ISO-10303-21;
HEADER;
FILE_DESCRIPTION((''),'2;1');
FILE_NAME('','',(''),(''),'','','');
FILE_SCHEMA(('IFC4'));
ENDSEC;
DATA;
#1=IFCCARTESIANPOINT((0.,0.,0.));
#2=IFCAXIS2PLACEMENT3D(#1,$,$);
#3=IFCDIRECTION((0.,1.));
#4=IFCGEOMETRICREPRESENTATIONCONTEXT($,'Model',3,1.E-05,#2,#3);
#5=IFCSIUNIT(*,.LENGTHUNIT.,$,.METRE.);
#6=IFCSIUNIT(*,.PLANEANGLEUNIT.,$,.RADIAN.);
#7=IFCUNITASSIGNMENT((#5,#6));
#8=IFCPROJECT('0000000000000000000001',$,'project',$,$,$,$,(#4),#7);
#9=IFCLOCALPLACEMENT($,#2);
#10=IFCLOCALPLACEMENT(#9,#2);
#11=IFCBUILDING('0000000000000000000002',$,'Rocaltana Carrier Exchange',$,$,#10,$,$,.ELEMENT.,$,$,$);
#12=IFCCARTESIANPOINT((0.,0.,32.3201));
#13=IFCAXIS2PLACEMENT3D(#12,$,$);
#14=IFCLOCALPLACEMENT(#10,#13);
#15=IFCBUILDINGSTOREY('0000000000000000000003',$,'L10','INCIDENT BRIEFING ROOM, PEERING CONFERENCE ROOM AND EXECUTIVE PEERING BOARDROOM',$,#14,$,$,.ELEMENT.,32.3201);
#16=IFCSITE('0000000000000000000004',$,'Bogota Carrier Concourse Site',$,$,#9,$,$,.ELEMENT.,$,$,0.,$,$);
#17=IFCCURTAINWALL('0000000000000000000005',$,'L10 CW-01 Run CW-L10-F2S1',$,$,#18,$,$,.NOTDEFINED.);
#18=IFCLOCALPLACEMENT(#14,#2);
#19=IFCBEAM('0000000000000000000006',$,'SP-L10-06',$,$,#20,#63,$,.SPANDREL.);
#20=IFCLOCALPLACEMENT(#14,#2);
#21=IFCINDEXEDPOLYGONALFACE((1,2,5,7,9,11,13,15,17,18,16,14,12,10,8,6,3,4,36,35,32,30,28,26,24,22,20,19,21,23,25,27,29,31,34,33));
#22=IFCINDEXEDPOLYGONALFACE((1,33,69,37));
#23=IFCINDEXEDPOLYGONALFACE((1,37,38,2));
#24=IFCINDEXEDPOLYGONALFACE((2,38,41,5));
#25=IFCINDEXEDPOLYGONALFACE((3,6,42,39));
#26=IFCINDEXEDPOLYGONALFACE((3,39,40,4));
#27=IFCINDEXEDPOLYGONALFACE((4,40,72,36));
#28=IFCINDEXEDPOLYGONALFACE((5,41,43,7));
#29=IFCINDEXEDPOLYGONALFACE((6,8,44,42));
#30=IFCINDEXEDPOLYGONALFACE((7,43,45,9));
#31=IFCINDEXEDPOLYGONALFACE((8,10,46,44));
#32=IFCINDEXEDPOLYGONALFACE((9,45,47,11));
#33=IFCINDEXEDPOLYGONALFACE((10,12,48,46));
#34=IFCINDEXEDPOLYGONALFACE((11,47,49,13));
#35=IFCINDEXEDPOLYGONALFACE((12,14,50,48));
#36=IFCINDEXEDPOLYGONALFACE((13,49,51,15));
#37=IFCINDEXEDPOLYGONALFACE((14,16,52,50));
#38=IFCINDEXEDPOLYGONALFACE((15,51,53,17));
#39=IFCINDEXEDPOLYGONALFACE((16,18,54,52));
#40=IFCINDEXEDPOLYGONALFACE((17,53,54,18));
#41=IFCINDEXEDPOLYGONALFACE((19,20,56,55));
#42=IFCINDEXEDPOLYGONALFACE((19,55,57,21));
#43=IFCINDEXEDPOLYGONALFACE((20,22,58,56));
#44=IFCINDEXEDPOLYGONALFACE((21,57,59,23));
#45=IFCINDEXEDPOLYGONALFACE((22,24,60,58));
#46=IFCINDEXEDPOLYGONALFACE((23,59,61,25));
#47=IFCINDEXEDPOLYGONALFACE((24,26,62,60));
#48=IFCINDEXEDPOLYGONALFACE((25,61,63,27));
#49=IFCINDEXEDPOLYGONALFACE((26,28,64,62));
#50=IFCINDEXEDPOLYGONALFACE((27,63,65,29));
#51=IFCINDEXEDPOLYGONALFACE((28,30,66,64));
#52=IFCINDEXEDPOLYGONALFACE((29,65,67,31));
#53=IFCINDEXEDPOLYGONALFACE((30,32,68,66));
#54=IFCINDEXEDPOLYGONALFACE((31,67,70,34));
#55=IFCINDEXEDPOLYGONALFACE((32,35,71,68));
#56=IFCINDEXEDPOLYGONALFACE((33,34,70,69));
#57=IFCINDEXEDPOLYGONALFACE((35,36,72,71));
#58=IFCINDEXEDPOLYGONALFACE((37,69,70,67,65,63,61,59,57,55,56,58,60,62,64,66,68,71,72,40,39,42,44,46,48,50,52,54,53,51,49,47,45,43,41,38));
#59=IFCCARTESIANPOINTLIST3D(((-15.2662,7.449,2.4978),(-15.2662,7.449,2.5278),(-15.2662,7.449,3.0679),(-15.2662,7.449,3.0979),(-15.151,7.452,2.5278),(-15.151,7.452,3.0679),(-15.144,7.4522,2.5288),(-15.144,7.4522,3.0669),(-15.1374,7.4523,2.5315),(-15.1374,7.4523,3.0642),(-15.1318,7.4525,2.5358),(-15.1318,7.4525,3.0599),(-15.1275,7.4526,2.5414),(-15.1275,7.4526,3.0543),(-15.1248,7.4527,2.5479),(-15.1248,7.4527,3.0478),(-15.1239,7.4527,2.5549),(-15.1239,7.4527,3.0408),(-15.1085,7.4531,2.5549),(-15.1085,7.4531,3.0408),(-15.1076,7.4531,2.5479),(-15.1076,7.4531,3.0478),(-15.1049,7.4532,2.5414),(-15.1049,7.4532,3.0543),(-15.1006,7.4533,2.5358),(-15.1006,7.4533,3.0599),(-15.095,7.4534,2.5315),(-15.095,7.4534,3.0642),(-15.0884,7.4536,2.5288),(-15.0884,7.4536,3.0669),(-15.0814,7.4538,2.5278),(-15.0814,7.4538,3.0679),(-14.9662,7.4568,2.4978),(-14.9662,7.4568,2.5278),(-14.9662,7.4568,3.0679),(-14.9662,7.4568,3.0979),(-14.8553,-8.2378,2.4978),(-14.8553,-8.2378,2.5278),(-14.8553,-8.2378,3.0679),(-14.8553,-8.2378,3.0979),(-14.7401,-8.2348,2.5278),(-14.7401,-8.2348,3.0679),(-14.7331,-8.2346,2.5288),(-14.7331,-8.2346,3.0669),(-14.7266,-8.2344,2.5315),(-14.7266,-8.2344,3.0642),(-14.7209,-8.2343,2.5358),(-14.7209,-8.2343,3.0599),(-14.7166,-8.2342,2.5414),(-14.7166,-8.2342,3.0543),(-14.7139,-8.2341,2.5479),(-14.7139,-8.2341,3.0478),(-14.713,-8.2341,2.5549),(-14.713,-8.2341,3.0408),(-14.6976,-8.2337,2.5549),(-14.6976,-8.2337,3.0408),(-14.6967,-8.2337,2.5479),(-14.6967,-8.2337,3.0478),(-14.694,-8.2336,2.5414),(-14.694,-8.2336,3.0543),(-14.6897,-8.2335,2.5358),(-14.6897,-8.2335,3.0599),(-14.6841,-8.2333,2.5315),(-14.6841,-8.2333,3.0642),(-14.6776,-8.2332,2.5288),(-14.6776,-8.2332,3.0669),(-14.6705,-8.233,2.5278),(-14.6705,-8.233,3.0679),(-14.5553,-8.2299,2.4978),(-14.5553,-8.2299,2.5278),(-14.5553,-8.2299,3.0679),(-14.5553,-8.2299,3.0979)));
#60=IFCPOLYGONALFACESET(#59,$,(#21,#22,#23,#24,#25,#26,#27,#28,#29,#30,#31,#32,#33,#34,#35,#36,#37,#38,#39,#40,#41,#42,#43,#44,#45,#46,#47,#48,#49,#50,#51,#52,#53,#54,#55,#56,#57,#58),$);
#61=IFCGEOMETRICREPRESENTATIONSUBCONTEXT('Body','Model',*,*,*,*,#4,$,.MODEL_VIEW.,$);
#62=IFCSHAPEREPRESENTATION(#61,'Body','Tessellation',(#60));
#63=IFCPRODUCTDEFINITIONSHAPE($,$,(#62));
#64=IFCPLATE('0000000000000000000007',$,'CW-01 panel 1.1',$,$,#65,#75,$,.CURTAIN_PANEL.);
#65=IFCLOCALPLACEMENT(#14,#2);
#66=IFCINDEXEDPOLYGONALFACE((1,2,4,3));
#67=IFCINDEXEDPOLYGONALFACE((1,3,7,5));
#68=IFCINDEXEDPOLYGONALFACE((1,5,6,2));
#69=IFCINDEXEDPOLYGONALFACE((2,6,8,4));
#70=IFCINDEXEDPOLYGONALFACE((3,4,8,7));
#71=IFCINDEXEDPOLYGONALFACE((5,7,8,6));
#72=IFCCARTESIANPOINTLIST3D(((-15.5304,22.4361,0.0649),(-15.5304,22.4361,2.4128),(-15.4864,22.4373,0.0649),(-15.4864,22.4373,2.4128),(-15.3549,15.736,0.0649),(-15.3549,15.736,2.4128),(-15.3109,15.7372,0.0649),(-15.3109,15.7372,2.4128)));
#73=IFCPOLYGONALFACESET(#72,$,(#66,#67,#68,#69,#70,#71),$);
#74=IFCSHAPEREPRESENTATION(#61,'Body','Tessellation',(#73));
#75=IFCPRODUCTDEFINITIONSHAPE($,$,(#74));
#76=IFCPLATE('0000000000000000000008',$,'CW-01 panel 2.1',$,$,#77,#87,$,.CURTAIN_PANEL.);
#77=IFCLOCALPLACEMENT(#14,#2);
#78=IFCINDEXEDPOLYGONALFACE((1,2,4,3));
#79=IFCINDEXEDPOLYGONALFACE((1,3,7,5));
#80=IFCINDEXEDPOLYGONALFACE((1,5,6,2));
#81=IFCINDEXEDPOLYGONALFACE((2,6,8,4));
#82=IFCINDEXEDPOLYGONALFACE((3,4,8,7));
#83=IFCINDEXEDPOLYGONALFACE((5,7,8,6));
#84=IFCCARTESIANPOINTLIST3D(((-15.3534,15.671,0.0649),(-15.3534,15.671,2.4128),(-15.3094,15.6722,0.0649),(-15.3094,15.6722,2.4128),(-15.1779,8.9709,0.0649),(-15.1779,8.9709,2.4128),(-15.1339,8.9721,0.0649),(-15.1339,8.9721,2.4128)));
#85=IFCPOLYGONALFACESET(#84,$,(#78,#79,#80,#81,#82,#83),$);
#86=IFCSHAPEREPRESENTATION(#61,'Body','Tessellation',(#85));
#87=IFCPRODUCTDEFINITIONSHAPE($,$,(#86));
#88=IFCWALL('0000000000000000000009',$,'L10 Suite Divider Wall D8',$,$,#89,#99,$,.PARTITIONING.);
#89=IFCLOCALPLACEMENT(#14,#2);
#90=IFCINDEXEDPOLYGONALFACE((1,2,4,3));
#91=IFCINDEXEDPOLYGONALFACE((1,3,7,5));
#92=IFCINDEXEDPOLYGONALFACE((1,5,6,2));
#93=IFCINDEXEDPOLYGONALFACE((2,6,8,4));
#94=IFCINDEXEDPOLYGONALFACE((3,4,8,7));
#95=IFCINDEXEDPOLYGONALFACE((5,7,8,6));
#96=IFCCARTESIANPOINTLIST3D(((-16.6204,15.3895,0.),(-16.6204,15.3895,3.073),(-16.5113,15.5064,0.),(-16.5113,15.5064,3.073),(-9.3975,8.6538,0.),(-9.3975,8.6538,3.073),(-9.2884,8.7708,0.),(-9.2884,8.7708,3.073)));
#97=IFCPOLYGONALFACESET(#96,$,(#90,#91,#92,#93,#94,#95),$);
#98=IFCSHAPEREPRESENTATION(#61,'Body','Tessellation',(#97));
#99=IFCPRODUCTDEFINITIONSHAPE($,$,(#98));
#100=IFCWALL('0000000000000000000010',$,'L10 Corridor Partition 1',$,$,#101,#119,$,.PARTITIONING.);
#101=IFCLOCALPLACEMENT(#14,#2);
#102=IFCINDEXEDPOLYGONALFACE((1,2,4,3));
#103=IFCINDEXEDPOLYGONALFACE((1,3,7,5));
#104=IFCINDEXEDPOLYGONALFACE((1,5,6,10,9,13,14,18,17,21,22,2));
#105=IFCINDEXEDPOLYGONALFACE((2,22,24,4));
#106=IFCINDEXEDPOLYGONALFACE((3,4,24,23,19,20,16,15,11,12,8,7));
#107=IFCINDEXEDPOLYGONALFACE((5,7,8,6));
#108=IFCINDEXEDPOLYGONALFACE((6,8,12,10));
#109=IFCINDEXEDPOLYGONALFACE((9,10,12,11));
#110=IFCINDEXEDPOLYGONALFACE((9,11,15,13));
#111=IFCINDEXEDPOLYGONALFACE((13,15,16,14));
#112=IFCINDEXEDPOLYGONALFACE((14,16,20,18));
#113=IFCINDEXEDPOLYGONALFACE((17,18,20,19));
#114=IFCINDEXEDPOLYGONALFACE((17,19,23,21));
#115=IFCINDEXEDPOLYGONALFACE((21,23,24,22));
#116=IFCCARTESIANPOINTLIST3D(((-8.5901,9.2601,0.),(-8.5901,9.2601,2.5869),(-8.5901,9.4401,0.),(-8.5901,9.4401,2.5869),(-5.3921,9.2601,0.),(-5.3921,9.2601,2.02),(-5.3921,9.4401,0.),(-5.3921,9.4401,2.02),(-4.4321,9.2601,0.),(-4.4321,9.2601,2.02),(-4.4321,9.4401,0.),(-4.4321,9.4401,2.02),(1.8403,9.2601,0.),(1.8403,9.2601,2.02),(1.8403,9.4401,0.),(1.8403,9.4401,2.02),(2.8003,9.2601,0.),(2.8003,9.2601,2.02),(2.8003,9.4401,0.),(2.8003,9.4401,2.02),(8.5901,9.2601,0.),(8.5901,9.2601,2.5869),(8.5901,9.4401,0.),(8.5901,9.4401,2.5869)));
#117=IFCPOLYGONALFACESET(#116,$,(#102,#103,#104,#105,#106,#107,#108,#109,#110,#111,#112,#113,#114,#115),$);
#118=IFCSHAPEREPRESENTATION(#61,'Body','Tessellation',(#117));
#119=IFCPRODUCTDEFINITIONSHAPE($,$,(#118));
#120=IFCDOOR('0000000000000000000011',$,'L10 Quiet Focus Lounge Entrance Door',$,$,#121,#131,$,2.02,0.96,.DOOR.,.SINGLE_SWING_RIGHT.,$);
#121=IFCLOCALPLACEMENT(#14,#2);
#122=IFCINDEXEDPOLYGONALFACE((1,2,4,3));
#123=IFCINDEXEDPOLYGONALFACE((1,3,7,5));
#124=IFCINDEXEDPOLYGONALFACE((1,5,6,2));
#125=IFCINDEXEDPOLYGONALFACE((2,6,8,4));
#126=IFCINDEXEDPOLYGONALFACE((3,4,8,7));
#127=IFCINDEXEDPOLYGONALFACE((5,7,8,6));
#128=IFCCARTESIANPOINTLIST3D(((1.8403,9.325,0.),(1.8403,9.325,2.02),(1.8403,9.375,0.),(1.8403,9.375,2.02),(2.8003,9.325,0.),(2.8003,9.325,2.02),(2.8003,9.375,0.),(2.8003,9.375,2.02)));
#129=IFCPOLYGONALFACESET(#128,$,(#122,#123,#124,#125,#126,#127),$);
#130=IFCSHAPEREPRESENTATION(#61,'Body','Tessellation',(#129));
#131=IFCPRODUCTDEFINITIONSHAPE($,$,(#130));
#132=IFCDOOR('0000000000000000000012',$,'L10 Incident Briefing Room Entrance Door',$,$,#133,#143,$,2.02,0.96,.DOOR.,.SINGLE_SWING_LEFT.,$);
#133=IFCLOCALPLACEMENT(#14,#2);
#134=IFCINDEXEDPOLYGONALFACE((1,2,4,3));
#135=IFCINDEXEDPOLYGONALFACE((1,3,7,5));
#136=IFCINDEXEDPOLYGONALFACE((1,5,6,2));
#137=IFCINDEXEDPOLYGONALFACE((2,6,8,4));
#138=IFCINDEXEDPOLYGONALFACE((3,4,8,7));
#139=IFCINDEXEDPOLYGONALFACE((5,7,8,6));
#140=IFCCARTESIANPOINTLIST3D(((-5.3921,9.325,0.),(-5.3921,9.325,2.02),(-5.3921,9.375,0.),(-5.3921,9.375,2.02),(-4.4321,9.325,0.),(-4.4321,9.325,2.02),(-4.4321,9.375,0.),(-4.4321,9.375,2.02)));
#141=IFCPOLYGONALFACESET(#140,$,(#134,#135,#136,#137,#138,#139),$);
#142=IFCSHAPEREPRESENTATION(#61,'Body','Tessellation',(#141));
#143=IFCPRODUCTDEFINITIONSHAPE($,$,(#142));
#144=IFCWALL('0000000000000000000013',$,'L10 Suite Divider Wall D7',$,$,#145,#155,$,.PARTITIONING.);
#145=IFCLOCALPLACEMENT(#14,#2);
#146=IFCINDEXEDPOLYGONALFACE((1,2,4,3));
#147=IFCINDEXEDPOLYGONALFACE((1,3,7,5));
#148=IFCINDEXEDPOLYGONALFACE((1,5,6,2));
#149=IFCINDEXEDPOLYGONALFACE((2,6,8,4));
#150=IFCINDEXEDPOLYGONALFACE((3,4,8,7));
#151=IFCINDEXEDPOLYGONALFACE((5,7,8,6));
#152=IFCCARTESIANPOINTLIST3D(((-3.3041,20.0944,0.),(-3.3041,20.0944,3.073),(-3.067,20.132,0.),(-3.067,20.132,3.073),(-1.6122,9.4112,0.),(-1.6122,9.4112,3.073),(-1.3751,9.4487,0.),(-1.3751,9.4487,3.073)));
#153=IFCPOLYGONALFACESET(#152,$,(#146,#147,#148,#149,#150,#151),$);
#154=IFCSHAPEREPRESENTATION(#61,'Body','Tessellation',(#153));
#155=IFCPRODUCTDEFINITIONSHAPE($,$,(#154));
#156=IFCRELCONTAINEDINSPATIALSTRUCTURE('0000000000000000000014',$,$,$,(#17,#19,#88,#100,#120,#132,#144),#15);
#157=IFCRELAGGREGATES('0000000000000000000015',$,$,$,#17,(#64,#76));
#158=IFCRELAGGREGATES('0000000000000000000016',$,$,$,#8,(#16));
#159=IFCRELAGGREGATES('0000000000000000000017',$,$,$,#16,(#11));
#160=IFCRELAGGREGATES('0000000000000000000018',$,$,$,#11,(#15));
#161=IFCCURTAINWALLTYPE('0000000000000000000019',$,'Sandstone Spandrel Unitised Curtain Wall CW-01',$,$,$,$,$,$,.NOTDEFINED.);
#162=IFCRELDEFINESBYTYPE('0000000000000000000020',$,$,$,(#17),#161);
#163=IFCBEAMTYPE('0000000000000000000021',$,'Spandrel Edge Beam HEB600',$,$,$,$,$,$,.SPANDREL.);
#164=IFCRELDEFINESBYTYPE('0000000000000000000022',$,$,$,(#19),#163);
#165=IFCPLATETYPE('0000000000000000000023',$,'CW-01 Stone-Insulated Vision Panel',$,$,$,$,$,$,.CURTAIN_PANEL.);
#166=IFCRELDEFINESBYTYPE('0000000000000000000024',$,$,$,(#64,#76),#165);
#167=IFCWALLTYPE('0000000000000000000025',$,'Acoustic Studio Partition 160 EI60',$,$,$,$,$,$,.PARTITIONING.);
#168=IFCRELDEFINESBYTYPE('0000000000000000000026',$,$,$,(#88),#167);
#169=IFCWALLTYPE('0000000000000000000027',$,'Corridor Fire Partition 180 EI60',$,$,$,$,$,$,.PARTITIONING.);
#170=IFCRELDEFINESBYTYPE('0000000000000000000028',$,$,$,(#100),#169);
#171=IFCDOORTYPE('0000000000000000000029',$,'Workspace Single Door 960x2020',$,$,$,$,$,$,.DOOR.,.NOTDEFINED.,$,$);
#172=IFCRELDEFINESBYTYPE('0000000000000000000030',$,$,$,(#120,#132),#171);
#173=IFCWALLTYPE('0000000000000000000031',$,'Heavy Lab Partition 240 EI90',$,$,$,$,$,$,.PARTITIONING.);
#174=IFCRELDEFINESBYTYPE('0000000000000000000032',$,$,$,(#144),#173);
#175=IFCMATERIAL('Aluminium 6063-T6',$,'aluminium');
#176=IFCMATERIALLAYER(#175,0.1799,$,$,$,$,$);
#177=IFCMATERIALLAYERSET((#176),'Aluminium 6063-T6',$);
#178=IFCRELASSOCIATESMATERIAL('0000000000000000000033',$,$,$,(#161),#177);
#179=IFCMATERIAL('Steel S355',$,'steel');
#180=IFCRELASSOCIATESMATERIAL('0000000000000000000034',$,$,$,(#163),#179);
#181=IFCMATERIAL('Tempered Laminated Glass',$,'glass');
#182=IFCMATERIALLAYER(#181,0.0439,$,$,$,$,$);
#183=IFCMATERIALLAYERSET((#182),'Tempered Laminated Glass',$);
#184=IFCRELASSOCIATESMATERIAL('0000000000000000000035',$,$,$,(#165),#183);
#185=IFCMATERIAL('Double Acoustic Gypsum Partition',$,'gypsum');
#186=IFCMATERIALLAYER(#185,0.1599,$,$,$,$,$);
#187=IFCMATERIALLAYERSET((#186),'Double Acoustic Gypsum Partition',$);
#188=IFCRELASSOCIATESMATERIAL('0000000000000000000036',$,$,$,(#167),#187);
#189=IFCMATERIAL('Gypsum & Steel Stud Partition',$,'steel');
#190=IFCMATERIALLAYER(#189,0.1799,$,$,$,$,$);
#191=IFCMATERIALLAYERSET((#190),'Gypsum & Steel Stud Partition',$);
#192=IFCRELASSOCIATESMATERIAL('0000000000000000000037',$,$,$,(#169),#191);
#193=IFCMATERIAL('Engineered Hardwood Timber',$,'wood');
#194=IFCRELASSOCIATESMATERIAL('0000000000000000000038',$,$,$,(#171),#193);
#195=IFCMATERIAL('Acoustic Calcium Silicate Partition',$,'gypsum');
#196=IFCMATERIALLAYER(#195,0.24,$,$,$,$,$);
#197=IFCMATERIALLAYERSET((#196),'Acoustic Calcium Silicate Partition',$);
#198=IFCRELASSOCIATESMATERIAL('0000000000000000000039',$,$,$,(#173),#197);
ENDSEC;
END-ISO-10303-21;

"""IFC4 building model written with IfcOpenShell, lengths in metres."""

from ifc_helpers import new_model, si_unit, direction, frame, frame_2d, origin, origin_2d, place, context, subcontext, project, spatial, rectangle, i_section, extrude, material, layer, layer_set, material_profile, profile_set, type_object, element, fill, aggregate, save


model = new_model("IFC4")

# Units and contexts
model_context = context("Model", 3, precision=1e-05, world=origin(), true_north=direction((0.0, 1.0)))
body_context = subcontext(model_context, "Body", "Model", "MODEL_VIEW")
ifc_project = project(units=[si_unit("LENGTHUNIT", "METRE"), si_unit("PLANEANGLEUNIT", "RADIAN")], contexts=[model_context])

# Site, building, storey
site_placement = place(None, origin())
site = spatial("IfcSite", under=ifc_project, at=site_placement, Name="Bogota Carrier Concourse Site", CompositionType="ELEMENT", RefElevation=0.0)
building_placement = place(site_placement, origin())
building = spatial("IfcBuilding", under=site, at=building_placement, Name="Rocaltana Carrier Exchange", CompositionType="ELEMENT")
storey_placement = place(building_placement, frame((0.0, 0.0, 32.3201)))
storey = spatial("IfcBuildingStorey", under=building, at=storey_placement, Name="L10", Description="INCIDENT BRIEFING ROOM, PEERING CONFERENCE ROOM AND EXECUTIVE PEERING BOARDROOM", CompositionType="ELEMENT", Elevation=32.3201)

# Curtain wall
ifc_material_1 = material(Name="Aluminium 6063-T6", Category="aluminium")
ifc_layer_1 = layer(ifc_material_1, 0.1799)
ifc_layer_set_1 = layer_set([ifc_layer_1], Name="Aluminium 6063-T6")
curtain_wall_type = type_object("IfcCurtainWallType", Name="Sandstone Spandrel Unitised Curtain Wall CW-01", PredefinedType="NOTDEFINED", material=ifc_layer_set_1)
curtain_wall_1_placement = place(storey_placement, origin())
curtain_wall_1 = element("IfcCurtainWall", 1, at=curtain_wall_1_placement, inside=storey, type_object=curtain_wall_type, Name="L10 CW-01 Run CW-L10-F2S1", PredefinedType="NOTDEFINED")

# Beam
ifc_material_2 = material(Name="Steel S355", Category="steel")
ifc_material_profile_1 = material_profile(ifc_material_2, i_section(OverallWidth=0.3, OverallDepth=0.6001, WebThickness=0.0154, FlangeThickness=0.03, FilletRadius=0.0271, at=origin_2d()), Name="HEB600")
ifc_profile_set_1 = profile_set([ifc_material_profile_1], Name="Steel S355")
beam_type_1 = type_object("IfcBeamType", Name="Spandrel Edge Beam HEB600", PredefinedType="SPANDREL", material=ifc_profile_set_1)
beam_1_placement = place(storey_placement, frame((-15.1162, 7.4529, 2.7979), z_axis=(0.026184, -0.999657, 0.0), x_axis=(0.999657, 0.026184, 0.0)))
element("IfcBeam", 2, at=beam_1_placement, inside=storey, type_object=beam_type_1, Name="SP-L10-06", PredefinedType="SPANDREL", context=body_context, shape_type="SweptSolid", body=[
    extrude(i_section(OverallWidth=0.3, OverallDepth=0.6001, WebThickness=0.0154, FlangeThickness=0.03, FilletRadius=0.0271, at=origin_2d()), origin(), (0.0, 0.0, 1.0), 15.6921),
])

# Plates
ifc_material_3 = material(Name="Tempered Laminated Glass", Category="glass")
ifc_layer_2 = layer(ifc_material_3, 0.0439)
ifc_layer_set_2 = layer_set([ifc_layer_2], Name="Tempered Laminated Glass")
plate_type = type_object("IfcPlateType", Name="CW-01 Stone-Insulated Vision Panel", PredefinedType="CURTAIN_PANEL", material=ifc_layer_set_2)
plate_1_placement = place(storey_placement, frame((-15.4207, 19.0867, 0.0649), z_axis=(0.0, 0.0, 1.0), x_axis=(0.026184, -0.999657, 0.0)))
plate_1 = element("IfcPlate", 3, at=plate_1_placement, type_object=plate_type, Name="CW-01 panel 1.1", PredefinedType="CURTAIN_PANEL", context=body_context, shape_type="SweptSolid", body=[
    extrude(rectangle(XDim=6.7024, YDim=0.0439, at=origin_2d()), origin(), (0.0, 0.0, 1.0), 2.3479),
])
plate_2_placement = place(storey_placement, frame((-15.2437, 12.3215, 0.0649), z_axis=(0.0, 0.0, 1.0), x_axis=(0.026184, -0.999657, 0.0)))
plate_2 = element("IfcPlate", 4, at=plate_2_placement, type_object=plate_type, Name="CW-01 panel 2.1", PredefinedType="CURTAIN_PANEL", context=body_context, shape_type="SweptSolid", body=[
    extrude(rectangle(XDim=6.7024, YDim=0.0439, at=origin_2d()), origin(), (0.0, 0.0, 1.0), 2.3479),
])
aggregate(curtain_wall_1, [plate_1, plate_2])

# Wall
ifc_material_4 = material(Name="Double Acoustic Gypsum Partition", Category="gypsum")
ifc_layer_3 = layer(ifc_material_4, 0.1599)
ifc_layer_set_3 = layer_set([ifc_layer_3], Name="Double Acoustic Gypsum Partition")
wall_type_1 = type_object("IfcWallType", Name="Acoustic Studio Partition 160 EI60", PredefinedType="PARTITIONING", material=ifc_layer_set_3)
wall_1_placement = place(storey_placement, frame((-9.343, 8.7124, 0.0), z_axis=(0.0, 0.0, 1.0), x_axis=(-0.731347, 0.682006, 0.0)))
element("IfcWall", 5, at=wall_1_placement, inside=storey, type_object=wall_type_1, Name="L10 Suite Divider Wall D8", PredefinedType="PARTITIONING", context=body_context, shape_type="SweptSolid", body=[
    extrude(rectangle(XDim=9.8762, YDim=0.1599, at=frame_2d((4.938, 0.0))), origin(), (0.0, 0.0, 1.0), 3.073),
])

# Wall, openings, doors
ifc_material_5 = material(Name="Gypsum & Steel Stud Partition", Category="steel")
ifc_layer_4 = layer(ifc_material_5, 0.1799)
ifc_layer_set_4 = layer_set([ifc_layer_4], Name="Gypsum & Steel Stud Partition")
wall_type_2 = type_object("IfcWallType", Name="Corridor Fire Partition 180 EI60", PredefinedType="PARTITIONING", material=ifc_layer_set_4)
wall_2_placement = place(storey_placement, frame((-8.5901, 9.3501, 0.0), z_axis=(0.0, 0.0, 1.0), x_axis=(1.0, 0.0, 0.0)))
wall_2 = element("IfcWall", 6, at=wall_2_placement, inside=storey, type_object=wall_type_2, Name="L10 Corridor Partition 1", PredefinedType="PARTITIONING", context=body_context, shape_type="SweptSolid", body=[
    extrude(rectangle(XDim=17.1802, YDim=0.1799, at=frame_2d((8.5901, 0.0))), origin(), (0.0, 0.0, 1.0), 2.5869),
])
opening_1_placement = place(wall_2_placement, frame((10.4304, 0.0, 0.0)))
opening_1 = element("IfcOpeningElement", 7, at=opening_1_placement, cuts=wall_2, PredefinedType="OPENING", context=body_context, shape_type="SweptSolid", body=[
    extrude(rectangle(XDim=0.96, YDim=2.02, at=frame_2d((0.48, 1.01))), frame((0.0, 0.0999, 0.0), z_axis=(0.0, -1.0, 0.0), x_axis=(1.0, 0.0, 0.0)), (0.0, 0.0, 1.0), 0.2),
])
opening_2_placement = place(wall_2_placement, frame((3.198, 0.0, 0.0)))
opening_2 = element("IfcOpeningElement", 8, at=opening_2_placement, cuts=wall_2, PredefinedType="OPENING", context=body_context, shape_type="SweptSolid", body=[
    extrude(rectangle(XDim=0.96, YDim=2.02, at=frame_2d((0.48, 1.01))), frame((0.0, 0.0999, 0.0), z_axis=(0.0, -1.0, 0.0), x_axis=(1.0, 0.0, 0.0)), (0.0, 0.0, 1.0), 0.2),
])
ifc_material_6 = material(Name="Engineered Hardwood Timber", Category="wood")
door_type_1 = type_object("IfcDoorType", Name="Workspace Single Door 960x2020", OperationType="NOTDEFINED", PredefinedType="DOOR", material=ifc_material_6)
door_1_placement = place(opening_1_placement, origin())
door_1 = element("IfcDoor", 9, at=door_1_placement, inside=storey, type_object=door_type_1, Name="L10 Quiet Focus Lounge Entrance Door", OperationType="SINGLE_SWING_RIGHT", OverallHeight=2.02, OverallWidth=0.96, PredefinedType="DOOR", context=body_context, shape_type="SweptSolid", body=[
    extrude(rectangle(XDim=0.96, YDim=2.02, at=frame_2d((0.48, 1.01))), frame((0.0, 0.0249, 0.0), z_axis=(0.0, -1.0, 0.0), x_axis=(1.0, 0.0, 0.0)), (0.0, 0.0, 1.0), 0.05),
])
fill(opening_1, door_1)
door_2_placement = place(opening_2_placement, origin())
door_2 = element("IfcDoor", 10, at=door_2_placement, inside=storey, type_object=door_type_1, Name="L10 Incident Briefing Room Entrance Door", OperationType="SINGLE_SWING_LEFT", OverallHeight=2.02, OverallWidth=0.96, PredefinedType="DOOR", context=body_context, shape_type="SweptSolid", body=[
    extrude(rectangle(XDim=0.96, YDim=2.02, at=frame_2d((0.48, 1.01))), frame((0.0, 0.0249, 0.0), z_axis=(0.0, -1.0, 0.0), x_axis=(1.0, 0.0, 0.0)), (0.0, 0.0, 1.0), 0.05),
])
fill(opening_2, door_2)

# Wall
ifc_material_7 = material(Name="Acoustic Calcium Silicate Partition", Category="gypsum")
ifc_layer_5 = layer(ifc_material_7, 0.24)
ifc_layer_set_5 = layer_set([ifc_layer_5], Name="Acoustic Calcium Silicate Partition")
wall_type_3 = type_object("IfcWallType", Name="Heavy Lab Partition 240 EI90", PredefinedType="PARTITIONING", material=ifc_layer_set_5)
wall_3_placement = place(storey_placement, frame((-1.4937, 9.4299, 0.0), z_axis=(0.0, 0.0, 1.0), x_axis=(-0.156418, 0.987691, 0.0)))
element("IfcWall", 11, at=wall_3_placement, inside=storey, type_object=wall_type_3, Name="L10 Suite Divider Wall D7", PredefinedType="PARTITIONING", context=body_context, shape_type="SweptSolid", body=[
    extrude(rectangle(XDim=10.8164, YDim=0.24, at=frame_2d((5.4082, 0.0))), origin(), (0.0, 0.0, 1.0), 3.073),
])

save(model, "model.ifc")
